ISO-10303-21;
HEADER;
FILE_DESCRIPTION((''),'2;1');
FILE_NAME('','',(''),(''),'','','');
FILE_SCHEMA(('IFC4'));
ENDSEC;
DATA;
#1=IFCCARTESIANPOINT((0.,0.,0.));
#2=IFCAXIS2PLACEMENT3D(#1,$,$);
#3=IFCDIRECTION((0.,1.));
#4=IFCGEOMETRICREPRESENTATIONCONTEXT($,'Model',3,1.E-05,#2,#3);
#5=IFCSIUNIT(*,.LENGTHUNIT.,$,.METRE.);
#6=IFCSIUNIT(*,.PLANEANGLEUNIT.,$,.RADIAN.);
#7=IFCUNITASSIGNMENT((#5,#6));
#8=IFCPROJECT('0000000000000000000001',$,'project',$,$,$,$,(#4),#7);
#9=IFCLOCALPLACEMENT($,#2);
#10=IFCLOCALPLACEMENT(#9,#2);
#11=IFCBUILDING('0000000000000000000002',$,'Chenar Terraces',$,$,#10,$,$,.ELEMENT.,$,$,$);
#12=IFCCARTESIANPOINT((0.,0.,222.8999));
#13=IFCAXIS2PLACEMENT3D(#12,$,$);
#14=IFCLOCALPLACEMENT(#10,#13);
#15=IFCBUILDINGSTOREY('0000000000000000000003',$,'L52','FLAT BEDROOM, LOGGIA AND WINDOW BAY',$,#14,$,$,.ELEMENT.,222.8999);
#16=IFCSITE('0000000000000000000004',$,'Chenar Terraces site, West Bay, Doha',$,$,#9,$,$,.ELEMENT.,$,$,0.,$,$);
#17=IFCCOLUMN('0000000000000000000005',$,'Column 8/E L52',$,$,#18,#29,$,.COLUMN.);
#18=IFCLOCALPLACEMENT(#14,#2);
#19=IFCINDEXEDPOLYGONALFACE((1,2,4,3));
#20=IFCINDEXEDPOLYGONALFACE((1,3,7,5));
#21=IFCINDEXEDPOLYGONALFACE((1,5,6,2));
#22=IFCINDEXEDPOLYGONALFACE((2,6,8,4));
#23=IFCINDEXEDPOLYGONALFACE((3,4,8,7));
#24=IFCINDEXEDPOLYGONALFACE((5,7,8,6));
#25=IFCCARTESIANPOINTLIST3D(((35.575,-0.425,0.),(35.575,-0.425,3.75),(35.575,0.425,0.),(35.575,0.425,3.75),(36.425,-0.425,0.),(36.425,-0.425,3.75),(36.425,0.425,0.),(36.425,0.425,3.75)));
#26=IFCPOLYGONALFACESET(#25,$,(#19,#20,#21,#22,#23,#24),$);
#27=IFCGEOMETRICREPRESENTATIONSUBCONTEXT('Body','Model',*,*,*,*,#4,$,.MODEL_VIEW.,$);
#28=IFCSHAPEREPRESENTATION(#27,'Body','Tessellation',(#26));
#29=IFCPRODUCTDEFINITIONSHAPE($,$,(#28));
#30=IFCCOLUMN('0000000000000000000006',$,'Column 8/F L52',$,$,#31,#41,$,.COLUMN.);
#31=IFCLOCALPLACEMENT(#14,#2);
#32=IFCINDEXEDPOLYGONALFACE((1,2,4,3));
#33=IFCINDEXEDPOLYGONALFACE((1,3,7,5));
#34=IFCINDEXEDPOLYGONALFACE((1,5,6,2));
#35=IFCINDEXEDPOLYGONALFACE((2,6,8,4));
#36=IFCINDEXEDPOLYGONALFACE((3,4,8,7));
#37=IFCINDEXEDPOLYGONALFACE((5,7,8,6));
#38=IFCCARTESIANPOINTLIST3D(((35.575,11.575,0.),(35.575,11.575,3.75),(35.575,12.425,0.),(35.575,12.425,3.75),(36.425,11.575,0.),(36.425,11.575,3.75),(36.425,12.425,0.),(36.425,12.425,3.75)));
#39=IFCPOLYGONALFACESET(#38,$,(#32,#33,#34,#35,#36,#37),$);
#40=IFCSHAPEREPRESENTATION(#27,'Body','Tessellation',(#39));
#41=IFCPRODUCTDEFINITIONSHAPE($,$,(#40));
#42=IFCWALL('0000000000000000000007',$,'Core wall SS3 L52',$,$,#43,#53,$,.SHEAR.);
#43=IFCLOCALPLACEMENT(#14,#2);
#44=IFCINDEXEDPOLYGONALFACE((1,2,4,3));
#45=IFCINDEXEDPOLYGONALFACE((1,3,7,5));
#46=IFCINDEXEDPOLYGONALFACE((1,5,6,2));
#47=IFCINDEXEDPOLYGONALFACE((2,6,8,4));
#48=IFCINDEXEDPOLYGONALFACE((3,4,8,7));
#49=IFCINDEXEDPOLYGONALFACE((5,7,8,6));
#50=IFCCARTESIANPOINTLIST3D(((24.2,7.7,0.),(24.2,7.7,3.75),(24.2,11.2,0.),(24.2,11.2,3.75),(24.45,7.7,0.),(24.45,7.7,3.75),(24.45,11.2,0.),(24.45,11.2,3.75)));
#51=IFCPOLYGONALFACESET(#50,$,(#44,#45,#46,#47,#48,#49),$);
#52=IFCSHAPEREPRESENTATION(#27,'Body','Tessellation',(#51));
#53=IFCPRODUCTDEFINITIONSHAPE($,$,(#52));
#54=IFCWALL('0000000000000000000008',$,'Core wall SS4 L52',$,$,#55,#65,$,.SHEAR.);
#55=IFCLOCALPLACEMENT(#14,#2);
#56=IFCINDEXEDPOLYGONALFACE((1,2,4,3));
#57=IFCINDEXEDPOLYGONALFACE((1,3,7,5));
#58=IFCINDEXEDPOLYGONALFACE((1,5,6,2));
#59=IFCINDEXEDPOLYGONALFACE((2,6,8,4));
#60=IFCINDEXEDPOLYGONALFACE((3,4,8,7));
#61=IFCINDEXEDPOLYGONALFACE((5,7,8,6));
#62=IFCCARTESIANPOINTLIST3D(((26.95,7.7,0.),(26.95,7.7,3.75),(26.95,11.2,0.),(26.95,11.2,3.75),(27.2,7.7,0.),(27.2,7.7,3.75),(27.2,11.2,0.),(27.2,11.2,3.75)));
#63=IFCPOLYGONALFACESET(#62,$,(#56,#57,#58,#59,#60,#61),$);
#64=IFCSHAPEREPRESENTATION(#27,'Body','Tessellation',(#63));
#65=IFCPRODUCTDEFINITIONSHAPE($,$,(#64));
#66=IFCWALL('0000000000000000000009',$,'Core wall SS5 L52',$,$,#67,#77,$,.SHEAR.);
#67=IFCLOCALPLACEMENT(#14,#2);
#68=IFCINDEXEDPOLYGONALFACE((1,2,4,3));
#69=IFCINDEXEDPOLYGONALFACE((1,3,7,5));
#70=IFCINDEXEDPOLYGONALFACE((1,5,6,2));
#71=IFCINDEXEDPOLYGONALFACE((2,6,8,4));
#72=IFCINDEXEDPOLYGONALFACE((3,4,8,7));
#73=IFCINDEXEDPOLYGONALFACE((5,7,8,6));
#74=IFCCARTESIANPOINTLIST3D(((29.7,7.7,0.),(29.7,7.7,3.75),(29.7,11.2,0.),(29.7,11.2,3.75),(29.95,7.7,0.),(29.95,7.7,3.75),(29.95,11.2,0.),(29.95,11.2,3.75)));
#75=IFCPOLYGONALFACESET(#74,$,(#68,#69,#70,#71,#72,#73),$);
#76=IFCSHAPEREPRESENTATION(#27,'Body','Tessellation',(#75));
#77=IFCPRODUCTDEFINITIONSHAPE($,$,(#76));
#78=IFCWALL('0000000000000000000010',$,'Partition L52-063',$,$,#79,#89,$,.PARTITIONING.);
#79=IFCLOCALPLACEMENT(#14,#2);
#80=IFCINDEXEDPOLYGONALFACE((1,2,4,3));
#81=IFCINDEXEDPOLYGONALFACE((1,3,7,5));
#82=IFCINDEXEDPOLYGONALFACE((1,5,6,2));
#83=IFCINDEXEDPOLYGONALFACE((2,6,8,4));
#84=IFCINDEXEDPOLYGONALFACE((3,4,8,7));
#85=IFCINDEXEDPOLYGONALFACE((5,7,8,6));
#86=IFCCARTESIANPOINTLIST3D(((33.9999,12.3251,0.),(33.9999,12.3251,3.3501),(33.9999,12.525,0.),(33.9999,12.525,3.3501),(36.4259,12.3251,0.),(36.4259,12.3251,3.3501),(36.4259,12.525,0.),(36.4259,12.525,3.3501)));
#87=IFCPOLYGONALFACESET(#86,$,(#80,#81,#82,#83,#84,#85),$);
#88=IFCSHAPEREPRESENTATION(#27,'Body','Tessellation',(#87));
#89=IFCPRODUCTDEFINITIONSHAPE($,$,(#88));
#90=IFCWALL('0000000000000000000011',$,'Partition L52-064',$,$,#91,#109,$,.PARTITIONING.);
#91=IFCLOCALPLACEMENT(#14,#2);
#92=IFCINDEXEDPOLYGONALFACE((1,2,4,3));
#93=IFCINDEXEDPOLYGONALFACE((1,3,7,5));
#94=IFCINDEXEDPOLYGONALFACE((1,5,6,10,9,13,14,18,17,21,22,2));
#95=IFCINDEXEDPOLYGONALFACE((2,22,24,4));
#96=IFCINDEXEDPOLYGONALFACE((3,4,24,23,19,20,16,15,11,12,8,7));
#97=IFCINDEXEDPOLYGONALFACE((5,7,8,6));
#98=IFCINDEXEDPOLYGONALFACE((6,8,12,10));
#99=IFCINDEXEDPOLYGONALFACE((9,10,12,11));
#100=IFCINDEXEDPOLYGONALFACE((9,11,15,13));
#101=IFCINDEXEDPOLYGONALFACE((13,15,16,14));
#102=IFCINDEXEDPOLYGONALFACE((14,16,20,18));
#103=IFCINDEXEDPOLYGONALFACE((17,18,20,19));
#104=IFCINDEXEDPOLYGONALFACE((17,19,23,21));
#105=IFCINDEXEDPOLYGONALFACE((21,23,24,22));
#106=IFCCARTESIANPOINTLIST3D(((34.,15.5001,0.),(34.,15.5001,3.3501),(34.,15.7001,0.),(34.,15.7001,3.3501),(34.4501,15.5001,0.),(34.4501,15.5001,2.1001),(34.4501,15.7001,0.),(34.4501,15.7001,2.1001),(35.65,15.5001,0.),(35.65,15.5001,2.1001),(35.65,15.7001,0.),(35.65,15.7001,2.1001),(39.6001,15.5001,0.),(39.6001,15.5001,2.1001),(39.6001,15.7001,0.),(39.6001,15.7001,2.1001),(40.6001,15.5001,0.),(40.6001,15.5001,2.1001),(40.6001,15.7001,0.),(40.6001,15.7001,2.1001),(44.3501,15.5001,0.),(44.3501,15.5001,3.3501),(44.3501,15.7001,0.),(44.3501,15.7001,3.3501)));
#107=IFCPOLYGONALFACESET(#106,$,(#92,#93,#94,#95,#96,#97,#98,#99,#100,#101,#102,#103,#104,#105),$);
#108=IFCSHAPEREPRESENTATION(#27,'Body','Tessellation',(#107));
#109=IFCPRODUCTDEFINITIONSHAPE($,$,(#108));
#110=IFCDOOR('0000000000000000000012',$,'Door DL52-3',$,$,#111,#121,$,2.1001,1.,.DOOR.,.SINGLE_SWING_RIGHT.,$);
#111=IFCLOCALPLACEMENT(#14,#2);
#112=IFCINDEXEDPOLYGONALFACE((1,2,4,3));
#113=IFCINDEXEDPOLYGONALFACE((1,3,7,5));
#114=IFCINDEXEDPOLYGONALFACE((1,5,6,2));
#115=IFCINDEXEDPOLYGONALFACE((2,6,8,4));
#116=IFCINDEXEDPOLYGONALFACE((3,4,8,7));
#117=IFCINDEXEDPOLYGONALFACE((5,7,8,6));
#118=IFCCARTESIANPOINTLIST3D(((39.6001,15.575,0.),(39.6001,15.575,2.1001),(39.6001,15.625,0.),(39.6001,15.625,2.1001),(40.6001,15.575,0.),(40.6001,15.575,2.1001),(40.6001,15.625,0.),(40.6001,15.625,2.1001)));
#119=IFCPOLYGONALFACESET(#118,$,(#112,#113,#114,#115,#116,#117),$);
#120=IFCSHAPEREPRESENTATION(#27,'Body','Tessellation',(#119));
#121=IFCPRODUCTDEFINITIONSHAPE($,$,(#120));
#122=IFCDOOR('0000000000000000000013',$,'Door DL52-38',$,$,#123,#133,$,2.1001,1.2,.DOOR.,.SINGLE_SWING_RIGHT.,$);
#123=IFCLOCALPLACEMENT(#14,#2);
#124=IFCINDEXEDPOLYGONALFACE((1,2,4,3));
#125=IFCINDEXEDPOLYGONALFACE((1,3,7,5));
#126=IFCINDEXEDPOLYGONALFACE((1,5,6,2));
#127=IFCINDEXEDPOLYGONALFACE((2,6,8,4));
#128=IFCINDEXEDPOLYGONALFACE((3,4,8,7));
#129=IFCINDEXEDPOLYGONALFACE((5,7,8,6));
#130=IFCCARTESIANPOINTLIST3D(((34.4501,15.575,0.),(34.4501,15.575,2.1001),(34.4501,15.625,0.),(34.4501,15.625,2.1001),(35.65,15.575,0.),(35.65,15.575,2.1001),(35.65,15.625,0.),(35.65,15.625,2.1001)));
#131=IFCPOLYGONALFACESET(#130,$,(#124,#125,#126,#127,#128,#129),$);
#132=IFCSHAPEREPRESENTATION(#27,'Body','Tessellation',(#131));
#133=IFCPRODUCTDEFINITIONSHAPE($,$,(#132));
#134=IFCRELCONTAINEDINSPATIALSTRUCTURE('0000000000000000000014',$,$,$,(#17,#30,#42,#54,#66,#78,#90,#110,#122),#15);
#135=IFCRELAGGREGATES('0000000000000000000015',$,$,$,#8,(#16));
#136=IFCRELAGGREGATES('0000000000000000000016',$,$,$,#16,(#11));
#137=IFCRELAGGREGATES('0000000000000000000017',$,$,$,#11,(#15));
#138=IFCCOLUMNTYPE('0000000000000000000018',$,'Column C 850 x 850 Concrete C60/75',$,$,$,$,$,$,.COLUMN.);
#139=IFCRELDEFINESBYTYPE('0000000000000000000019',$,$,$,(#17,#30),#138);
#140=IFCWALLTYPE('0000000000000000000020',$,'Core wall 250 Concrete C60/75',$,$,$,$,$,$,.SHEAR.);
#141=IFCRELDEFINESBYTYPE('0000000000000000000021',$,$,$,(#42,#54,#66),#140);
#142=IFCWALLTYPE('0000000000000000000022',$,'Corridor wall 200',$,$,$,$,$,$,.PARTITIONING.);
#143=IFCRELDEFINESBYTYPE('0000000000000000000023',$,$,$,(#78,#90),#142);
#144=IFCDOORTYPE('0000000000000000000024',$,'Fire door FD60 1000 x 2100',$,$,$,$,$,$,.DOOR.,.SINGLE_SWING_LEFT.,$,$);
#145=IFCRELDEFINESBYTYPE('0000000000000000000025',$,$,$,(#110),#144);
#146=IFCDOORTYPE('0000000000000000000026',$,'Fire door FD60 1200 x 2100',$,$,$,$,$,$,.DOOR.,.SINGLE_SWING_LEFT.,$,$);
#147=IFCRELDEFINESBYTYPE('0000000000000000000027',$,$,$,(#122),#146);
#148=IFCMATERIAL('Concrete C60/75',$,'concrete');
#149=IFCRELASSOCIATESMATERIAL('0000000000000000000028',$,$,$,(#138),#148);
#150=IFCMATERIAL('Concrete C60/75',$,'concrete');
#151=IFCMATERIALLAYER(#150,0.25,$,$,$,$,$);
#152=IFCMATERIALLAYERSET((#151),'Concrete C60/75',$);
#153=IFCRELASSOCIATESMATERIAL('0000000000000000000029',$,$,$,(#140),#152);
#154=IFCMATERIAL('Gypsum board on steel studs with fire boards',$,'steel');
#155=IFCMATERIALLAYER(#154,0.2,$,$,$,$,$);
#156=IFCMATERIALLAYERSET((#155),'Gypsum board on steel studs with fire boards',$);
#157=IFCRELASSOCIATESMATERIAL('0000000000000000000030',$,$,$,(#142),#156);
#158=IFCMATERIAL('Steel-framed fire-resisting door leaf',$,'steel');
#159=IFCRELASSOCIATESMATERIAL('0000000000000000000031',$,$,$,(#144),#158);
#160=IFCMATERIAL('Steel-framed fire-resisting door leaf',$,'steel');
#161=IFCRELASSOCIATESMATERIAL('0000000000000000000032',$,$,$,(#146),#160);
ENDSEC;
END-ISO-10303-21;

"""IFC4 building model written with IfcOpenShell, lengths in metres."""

from ifc_helpers import new_model, si_unit, direction, frame, frame_2d, origin, origin_2d, place, context, subcontext, project, spatial, rectangle, extrude, material, layer, layer_set, material_profile, profile_set, type_object, element, fill, save


model = new_model("IFC4")

# Units and contexts
model_context = context("Model", 3, precision=1e-05, world=origin(), true_north=direction((0.0, 1.0)))
body_context = subcontext(model_context, "Body", "Model", "MODEL_VIEW")
ifc_project = project(units=[si_unit("LENGTHUNIT", "METRE"), si_unit("PLANEANGLEUNIT", "RADIAN")], contexts=[model_context])

# Site, building, storey
site_placement = place(None, origin())
site = spatial("IfcSite", under=ifc_project, at=site_placement, Name="Chenar Terraces site, West Bay, Doha", CompositionType="ELEMENT", RefElevation=0.0)
building_placement = place(site_placement, origin())
building = spatial("IfcBuilding", under=site, at=building_placement, Name="Chenar Terraces", CompositionType="ELEMENT")
storey_placement = place(building_placement, frame((0.0, 0.0, 222.8999)))
storey = spatial("IfcBuildingStorey", under=building, at=storey_placement, Name="L52", Description="FLAT BEDROOM, LOGGIA AND WINDOW BAY", CompositionType="ELEMENT", Elevation=222.8999)

# Columns
ifc_material_1 = material(Name="Concrete C60/75", Category="concrete")
ifc_material_profile = material_profile(ifc_material_1, rectangle(XDim=0.8501, YDim=0.8501, at=origin_2d()), Name="C 850 x 850")
ifc_profile_set = profile_set([ifc_material_profile], Name="Concrete C60/75")
column_type = type_object("IfcColumnType", Name="Column C 850 x 850 Concrete C60/75", PredefinedType="COLUMN", material=ifc_profile_set)
for number, where, z_axis, x_axis, name in (
    (1, (36.0, 0.0, 0.0), (0.0, 0.0, 1.0), (1.0, 0.0, 0.0), "Column 8/E L52"),
    (2, (36.0, 12.0, 0.0), (0.0, 0.0, 1.0), (1.0, 0.0, 0.0), "Column 8/F L52"),
):
    element("IfcColumn", number, at=place(storey_placement, frame(where, z_axis=z_axis, x_axis=x_axis)), inside=storey, type_object=column_type, Name=name, PredefinedType="COLUMN", context=body_context, shape_type="SweptSolid", body=[
        extrude(rectangle(XDim=0.8501, YDim=0.8501, at=origin_2d()), origin(), (0.0, 0.0, 1.0), 3.75),
    ])

# Walls
ifc_material_2 = material(Name="Concrete C60/75", Category="concrete")
ifc_layer_1 = layer(ifc_material_2, 0.25)
ifc_layer_set_1 = layer_set([ifc_layer_1], Name="Concrete C60/75")
wall_type_1 = type_object("IfcWallType", Name="Core wall 250 Concrete C60/75", PredefinedType="SHEAR", material=ifc_layer_set_1)
for number, where, z_axis, x_axis, name in (
    (3, (24.325, 7.7, 0.0), (0.0, 0.0, 1.0), (0.0, 1.0, 0.0), "Core wall SS3 L52"),
    (4, (27.075, 7.7, 0.0), (0.0, 0.0, 1.0), (0.0, 1.0, 0.0), "Core wall SS4 L52"),
    (5, (29.825, 7.7, 0.0), (0.0, 0.0, 1.0), (0.0, 1.0, 0.0), "Core wall SS5 L52"),
):
    element("IfcWall", number, at=place(storey_placement, frame(where, z_axis=z_axis, x_axis=x_axis)), inside=storey, type_object=wall_type_1, Name=name, PredefinedType="SHEAR", context=body_context, shape_type="SweptSolid", body=[
        extrude(rectangle(XDim=3.5, YDim=0.25, at=frame_2d((1.75, 0.0))), origin(), (0.0, 0.0, 1.0), 3.75),
    ])

# Wall
ifc_material_3 = material(Name="Gypsum board on steel studs with fire boards", Category="steel")
ifc_layer_2 = layer(ifc_material_3, 0.2)
ifc_layer_set_2 = layer_set([ifc_layer_2], Name="Gypsum board on steel studs with fire boards")
wall_type_2 = type_object("IfcWallType", Name="Corridor wall 200", PredefinedType="PARTITIONING", material=ifc_layer_set_2)
wall_1_placement = place(storey_placement, frame((34.0, 12.425, 0.0), z_axis=(0.0, 0.0, 1.0), x_axis=(1.0, 0.0, 0.0)))
element("IfcWall", 6, at=wall_1_placement, inside=storey, type_object=wall_type_2, Name="Partition L52-063", PredefinedType="PARTITIONING", context=body_context, shape_type="SweptSolid", body=[
    extrude(rectangle(XDim=2.426, YDim=0.2, at=frame_2d((1.2129, 0.0))), origin(), (0.0, 0.0, 1.0), 3.3501),
])

# Wall, openings, doors
wall_2_placement = place(storey_placement, frame((34.0, 15.6001, 0.0), z_axis=(0.0, 0.0, 1.0), x_axis=(1.0, 0.0, 0.0)))
wall_2 = element("IfcWall", 7, at=wall_2_placement, inside=storey, type_object=wall_type_2, Name="Partition L52-064", PredefinedType="PARTITIONING", context=body_context, shape_type="SweptSolid", body=[
    extrude(rectangle(XDim=10.3501, YDim=0.2, at=frame_2d((5.175, 0.0))), origin(), (0.0, 0.0, 1.0), 3.3501),
])
opening_1_placement = place(wall_2_placement, frame((5.6001, 0.0, 0.0)))
opening_1 = element("IfcOpeningElement", 8, at=opening_1_placement, cuts=wall_2, PredefinedType="OPENING", context=body_context, shape_type="SweptSolid", body=[
    extrude(rectangle(XDim=1.0, YDim=2.1001, at=frame_2d((0.5, 1.05))), frame((0.0, 0.1099, 0.0), z_axis=(0.0, -1.0, 0.0), x_axis=(1.0, 0.0, 0.0)), (0.0, 0.0, 1.0), 0.22),
])
opening_2_placement = place(wall_2_placement, frame((0.45, 0.0, 0.0)))
opening_2 = element("IfcOpeningElement", 9, at=opening_2_placement, cuts=wall_2, PredefinedType="OPENING", context=body_context, shape_type="SweptSolid", body=[
    extrude(rectangle(XDim=1.2, YDim=2.1001, at=frame_2d((0.6001, 1.05))), frame((0.0, 0.1099, 0.0), z_axis=(0.0, -1.0, 0.0), x_axis=(1.0, 0.0, 0.0)), (0.0, 0.0, 1.0), 0.22),
])
ifc_material_4 = material(Name="Steel-framed fire-resisting door leaf", Category="steel")
door_type_1 = type_object("IfcDoorType", Name="Fire door FD60 1000 x 2100", OperationType="SINGLE_SWING_LEFT", PredefinedType="DOOR", material=ifc_material_4)
door_1_placement = place(opening_1_placement, origin())
door_1 = element("IfcDoor", 10, at=door_1_placement, inside=storey, type_object=door_type_1, Name="Door DL52-3", OperationType="SINGLE_SWING_RIGHT", OverallHeight=2.1001, OverallWidth=1.0, PredefinedType="DOOR", context=body_context, shape_type="SweptSolid", body=[
    extrude(rectangle(XDim=1.0, YDim=2.1001, at=frame_2d((0.5, 1.05))), frame((0.0, 0.0249, 0.0), z_axis=(0.0, -1.0, 0.0), x_axis=(1.0, 0.0, 0.0)), (0.0, 0.0, 1.0), 0.05),
])
fill(opening_1, door_1)
ifc_material_5 = material(Name="Steel-framed fire-resisting door leaf", Category="steel")
door_type_2 = type_object("IfcDoorType", Name="Fire door FD60 1200 x 2100", OperationType="SINGLE_SWING_LEFT", PredefinedType="DOOR", material=ifc_material_5)
door_2_placement = place(opening_2_placement, origin())
door_2 = element("IfcDoor", 11, at=door_2_placement, inside=storey, type_object=door_type_2, Name="Door DL52-38", OperationType="SINGLE_SWING_RIGHT", OverallHeight=2.1001, OverallWidth=1.2, PredefinedType="DOOR", context=body_context, shape_type="SweptSolid", body=[
    extrude(rectangle(XDim=1.2, YDim=2.1001, at=frame_2d((0.6001, 1.05))), frame((0.0, 0.0249, 0.0), z_axis=(0.0, -1.0, 0.0), x_axis=(1.0, 0.0, 0.0)), (0.0, 0.0, 1.0), 0.05),
])
fill(opening_2, door_2)

save(model, "model.ifc")
